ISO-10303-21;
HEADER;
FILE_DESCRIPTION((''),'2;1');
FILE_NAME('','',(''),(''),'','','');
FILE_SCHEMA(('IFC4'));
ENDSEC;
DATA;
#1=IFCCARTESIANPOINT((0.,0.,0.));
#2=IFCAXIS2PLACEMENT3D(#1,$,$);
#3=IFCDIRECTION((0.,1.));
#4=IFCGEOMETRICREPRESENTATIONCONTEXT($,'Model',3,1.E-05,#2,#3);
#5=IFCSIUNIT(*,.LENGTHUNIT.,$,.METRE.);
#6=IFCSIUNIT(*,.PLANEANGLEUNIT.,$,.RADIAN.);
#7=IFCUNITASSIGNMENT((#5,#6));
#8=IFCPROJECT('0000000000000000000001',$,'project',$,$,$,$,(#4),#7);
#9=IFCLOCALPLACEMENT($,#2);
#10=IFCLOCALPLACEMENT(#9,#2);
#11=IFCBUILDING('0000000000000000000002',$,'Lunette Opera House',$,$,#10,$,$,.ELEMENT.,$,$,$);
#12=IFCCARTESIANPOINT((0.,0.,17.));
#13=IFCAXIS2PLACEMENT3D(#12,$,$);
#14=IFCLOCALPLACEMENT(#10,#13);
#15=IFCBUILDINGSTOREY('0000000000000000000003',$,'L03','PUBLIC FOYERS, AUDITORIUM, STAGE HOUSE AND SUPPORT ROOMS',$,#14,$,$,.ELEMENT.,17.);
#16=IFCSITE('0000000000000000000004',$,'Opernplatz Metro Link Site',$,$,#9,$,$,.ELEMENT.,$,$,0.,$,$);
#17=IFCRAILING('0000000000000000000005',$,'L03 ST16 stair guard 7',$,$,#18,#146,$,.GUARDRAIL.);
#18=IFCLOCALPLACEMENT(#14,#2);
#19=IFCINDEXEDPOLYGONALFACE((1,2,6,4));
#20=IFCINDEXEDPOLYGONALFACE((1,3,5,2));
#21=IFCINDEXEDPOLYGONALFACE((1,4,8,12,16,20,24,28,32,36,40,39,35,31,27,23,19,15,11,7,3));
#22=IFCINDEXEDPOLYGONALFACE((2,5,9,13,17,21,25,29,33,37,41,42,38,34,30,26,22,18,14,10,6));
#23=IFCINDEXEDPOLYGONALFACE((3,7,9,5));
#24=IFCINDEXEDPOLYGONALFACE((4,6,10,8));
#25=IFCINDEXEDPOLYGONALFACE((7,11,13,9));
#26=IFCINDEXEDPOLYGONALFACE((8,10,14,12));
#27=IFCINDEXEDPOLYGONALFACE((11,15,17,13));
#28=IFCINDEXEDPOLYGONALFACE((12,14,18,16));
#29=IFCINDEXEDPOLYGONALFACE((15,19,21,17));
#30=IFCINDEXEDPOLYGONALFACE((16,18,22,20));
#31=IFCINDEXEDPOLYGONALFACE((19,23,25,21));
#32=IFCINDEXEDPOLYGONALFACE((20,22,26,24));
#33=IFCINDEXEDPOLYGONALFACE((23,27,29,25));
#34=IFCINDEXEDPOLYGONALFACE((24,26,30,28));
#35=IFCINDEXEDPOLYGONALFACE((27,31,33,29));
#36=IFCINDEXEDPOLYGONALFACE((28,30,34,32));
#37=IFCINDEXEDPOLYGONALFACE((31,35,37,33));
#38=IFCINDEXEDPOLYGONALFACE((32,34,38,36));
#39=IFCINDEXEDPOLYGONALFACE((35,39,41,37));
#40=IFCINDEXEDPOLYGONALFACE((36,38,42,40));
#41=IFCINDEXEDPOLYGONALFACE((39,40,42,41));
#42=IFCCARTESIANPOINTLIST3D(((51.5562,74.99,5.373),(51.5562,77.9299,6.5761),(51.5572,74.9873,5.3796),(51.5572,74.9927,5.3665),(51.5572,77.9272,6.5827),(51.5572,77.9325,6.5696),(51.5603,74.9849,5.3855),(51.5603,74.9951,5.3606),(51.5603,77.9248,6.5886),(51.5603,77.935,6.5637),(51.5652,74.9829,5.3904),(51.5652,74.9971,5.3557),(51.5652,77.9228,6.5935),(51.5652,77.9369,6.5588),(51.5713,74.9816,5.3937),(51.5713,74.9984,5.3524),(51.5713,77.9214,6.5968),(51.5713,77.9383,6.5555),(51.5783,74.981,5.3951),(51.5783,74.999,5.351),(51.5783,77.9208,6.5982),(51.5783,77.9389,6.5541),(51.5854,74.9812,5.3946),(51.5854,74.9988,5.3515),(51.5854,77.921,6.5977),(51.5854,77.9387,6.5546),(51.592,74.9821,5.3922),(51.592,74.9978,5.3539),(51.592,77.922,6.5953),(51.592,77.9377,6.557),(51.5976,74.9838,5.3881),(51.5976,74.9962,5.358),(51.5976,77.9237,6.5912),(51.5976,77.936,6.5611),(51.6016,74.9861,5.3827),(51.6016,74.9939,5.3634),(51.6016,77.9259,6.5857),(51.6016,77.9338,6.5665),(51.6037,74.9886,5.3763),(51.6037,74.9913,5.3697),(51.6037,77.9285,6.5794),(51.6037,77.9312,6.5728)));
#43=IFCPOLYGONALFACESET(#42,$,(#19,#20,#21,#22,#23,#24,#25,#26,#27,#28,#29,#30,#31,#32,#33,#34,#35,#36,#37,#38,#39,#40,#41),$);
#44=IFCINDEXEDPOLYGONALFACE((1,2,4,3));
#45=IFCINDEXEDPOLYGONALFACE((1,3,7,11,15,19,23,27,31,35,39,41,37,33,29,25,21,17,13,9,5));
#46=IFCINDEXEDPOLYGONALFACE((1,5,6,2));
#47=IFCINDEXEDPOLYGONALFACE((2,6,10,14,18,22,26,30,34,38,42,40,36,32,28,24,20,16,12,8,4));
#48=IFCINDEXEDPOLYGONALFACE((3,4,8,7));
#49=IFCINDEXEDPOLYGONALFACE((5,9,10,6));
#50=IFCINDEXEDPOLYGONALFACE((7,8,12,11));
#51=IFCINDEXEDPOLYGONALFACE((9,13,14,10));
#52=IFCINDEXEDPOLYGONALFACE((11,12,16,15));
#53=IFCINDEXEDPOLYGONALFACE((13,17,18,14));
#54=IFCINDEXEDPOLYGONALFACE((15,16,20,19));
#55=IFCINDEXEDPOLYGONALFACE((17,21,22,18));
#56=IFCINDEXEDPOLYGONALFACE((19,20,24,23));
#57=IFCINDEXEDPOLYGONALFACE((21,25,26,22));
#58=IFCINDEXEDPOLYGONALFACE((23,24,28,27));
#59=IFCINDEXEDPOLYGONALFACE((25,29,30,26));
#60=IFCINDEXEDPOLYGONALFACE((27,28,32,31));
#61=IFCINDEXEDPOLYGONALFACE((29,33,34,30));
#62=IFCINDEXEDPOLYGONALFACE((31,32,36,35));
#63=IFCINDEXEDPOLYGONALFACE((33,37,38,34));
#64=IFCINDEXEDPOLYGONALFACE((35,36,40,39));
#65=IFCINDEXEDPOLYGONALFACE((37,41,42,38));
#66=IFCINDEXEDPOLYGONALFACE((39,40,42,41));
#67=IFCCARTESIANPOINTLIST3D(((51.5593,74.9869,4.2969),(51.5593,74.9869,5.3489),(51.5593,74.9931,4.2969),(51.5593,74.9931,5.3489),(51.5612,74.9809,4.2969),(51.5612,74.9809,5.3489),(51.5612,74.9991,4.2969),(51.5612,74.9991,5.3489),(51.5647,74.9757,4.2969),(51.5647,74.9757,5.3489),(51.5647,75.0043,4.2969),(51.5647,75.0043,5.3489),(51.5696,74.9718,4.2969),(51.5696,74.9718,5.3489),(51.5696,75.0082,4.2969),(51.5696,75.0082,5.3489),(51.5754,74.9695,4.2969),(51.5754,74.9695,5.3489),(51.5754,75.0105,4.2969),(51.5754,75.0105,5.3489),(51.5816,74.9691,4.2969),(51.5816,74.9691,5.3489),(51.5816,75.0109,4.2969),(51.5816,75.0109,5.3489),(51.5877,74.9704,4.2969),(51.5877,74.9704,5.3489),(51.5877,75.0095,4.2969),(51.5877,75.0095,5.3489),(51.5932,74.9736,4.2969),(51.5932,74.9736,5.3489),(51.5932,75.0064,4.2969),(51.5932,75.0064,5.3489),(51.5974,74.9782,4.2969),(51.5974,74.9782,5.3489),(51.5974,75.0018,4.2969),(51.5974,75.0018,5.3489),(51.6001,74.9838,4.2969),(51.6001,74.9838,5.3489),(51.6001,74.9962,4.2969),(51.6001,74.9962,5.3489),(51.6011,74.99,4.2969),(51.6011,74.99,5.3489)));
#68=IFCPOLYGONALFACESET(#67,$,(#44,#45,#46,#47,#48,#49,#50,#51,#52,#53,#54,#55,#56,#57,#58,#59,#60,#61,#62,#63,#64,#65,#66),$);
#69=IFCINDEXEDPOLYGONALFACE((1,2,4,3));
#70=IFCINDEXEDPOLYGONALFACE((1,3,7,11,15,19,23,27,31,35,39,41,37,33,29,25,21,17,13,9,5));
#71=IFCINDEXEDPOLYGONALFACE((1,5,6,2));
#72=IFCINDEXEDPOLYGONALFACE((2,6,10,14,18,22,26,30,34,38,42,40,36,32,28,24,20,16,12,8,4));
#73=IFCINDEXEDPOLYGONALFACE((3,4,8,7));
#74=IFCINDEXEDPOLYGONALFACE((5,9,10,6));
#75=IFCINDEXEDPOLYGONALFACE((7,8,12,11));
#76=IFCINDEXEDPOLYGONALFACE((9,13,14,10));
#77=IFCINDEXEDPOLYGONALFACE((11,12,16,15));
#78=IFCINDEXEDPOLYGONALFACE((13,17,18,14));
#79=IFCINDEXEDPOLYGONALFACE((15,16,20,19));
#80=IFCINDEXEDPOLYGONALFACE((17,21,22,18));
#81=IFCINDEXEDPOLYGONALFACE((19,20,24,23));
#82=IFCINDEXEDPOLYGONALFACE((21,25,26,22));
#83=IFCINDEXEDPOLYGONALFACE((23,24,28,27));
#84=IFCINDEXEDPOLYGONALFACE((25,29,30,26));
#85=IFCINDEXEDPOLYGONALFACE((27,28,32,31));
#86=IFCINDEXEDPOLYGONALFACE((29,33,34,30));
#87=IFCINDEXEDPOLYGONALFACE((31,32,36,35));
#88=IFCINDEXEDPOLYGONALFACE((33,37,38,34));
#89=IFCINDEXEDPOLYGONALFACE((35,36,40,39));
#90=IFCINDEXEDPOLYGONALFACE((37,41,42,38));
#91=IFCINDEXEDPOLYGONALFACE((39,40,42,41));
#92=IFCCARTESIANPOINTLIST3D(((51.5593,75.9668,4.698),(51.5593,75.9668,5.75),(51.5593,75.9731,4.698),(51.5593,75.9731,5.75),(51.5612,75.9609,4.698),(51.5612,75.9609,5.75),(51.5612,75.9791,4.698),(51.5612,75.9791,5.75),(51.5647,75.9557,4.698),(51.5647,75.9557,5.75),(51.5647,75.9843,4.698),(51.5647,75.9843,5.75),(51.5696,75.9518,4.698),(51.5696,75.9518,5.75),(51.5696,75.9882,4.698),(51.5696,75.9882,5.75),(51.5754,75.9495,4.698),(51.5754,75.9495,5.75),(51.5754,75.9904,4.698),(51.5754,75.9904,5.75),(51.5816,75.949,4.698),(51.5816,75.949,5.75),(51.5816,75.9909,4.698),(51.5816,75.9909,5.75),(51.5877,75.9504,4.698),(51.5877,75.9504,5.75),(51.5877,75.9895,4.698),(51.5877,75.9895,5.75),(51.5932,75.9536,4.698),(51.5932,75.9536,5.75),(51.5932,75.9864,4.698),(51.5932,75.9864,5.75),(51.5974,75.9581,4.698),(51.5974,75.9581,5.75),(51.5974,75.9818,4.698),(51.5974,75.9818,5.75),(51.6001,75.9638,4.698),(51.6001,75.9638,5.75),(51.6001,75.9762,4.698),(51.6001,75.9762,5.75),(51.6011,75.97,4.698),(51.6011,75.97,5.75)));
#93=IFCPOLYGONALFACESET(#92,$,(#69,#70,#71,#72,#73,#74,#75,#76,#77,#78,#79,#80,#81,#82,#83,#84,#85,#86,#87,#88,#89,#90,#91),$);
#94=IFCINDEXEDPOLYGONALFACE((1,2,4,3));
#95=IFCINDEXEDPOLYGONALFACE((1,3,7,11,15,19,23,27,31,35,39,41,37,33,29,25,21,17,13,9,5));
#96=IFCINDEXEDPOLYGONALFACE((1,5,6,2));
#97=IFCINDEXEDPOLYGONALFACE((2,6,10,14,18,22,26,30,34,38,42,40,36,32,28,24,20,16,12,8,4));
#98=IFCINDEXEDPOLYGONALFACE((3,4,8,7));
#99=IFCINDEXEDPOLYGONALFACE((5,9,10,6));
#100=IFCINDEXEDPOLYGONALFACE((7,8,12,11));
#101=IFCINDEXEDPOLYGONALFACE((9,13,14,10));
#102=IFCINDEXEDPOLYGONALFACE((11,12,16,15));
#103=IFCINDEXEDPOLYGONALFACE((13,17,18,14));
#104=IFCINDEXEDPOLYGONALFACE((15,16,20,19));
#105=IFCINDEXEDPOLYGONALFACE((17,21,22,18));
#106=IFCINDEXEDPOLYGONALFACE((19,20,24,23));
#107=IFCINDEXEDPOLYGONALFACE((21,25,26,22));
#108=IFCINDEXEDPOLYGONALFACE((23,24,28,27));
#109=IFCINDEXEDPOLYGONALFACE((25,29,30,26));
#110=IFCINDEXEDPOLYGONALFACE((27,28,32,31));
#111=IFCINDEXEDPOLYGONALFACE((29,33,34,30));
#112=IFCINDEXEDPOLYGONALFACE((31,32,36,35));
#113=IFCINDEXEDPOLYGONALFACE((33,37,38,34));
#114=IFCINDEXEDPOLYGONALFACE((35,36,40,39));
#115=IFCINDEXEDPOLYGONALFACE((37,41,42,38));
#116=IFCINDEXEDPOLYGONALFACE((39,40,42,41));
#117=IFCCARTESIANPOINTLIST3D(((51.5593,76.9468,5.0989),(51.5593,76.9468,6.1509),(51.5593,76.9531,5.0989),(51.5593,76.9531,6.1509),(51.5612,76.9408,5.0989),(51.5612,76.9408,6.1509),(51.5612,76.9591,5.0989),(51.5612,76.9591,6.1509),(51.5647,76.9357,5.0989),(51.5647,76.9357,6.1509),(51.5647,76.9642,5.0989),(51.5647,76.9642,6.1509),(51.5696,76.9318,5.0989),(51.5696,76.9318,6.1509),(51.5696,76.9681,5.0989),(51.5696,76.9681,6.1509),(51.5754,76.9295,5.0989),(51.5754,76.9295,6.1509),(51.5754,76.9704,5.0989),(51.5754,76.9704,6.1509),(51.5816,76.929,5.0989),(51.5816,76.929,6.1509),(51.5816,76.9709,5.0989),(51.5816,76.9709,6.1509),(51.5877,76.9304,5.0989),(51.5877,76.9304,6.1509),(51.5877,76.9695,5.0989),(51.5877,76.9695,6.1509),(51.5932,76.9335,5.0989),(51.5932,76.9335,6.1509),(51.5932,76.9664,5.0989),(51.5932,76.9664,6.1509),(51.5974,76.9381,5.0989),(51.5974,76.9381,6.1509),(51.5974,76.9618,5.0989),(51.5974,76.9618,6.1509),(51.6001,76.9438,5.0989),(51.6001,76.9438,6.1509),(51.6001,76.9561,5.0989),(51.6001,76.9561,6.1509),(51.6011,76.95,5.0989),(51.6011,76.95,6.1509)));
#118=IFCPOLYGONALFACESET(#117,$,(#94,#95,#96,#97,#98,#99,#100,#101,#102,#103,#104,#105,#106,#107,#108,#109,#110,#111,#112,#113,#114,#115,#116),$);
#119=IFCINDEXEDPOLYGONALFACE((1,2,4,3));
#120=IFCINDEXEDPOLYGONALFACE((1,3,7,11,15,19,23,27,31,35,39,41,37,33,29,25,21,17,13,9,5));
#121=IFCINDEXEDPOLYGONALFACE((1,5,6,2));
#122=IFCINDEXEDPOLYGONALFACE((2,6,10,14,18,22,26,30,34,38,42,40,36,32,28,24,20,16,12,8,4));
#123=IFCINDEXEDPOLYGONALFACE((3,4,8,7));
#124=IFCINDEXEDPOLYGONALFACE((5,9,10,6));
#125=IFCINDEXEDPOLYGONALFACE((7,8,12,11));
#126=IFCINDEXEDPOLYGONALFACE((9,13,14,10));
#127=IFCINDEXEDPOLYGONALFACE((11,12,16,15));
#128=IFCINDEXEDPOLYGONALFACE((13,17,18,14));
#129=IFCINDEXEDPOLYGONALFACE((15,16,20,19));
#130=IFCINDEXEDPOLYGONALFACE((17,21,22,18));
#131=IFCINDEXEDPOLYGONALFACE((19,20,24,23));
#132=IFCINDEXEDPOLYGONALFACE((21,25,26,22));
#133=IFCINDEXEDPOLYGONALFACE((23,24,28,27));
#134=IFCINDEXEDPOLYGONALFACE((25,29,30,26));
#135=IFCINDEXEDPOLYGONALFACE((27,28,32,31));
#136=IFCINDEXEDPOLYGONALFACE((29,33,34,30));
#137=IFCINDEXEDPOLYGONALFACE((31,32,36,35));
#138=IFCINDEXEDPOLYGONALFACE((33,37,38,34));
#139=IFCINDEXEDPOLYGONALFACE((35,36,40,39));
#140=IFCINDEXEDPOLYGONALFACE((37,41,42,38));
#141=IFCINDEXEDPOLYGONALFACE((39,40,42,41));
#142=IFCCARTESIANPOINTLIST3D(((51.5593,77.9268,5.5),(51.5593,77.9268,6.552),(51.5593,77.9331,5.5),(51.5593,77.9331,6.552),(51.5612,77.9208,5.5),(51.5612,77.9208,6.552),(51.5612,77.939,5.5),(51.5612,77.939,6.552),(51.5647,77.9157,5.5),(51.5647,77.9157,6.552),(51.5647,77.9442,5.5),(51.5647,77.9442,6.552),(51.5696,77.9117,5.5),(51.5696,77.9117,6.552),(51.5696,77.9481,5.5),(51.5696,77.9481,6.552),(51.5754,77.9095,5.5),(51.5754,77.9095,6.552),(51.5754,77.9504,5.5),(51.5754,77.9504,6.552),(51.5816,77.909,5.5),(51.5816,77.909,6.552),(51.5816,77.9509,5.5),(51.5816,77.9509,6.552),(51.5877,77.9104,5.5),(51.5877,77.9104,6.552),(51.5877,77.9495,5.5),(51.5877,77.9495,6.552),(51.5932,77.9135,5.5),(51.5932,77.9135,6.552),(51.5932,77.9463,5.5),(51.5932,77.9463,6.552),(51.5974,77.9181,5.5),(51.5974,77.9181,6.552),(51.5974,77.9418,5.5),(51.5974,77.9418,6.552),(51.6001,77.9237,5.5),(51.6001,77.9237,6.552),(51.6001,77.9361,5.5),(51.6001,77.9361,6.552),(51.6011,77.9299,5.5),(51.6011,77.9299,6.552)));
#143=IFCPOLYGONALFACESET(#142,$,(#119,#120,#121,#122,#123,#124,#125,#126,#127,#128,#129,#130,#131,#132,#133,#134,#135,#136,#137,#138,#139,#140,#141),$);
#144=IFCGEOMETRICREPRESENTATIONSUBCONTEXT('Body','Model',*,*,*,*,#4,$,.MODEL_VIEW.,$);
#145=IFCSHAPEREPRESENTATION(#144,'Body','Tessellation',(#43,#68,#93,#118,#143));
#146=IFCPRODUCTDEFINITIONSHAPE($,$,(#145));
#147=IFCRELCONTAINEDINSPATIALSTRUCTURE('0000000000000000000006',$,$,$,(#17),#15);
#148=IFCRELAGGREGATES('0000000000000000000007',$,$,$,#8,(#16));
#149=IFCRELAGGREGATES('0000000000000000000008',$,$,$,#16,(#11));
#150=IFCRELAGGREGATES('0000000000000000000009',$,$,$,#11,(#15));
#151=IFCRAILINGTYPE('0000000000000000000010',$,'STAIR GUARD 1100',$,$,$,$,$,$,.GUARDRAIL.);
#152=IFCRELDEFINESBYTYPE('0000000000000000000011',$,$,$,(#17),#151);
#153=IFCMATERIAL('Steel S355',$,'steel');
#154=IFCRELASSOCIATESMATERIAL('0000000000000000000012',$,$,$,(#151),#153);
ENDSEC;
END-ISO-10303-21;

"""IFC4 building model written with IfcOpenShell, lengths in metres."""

from ifc_helpers import new_model, si_unit, direction, frame, origin, origin_2d, place, context, subcontext, project, spatial, circle, extrude, material, type_object, element, save


model = new_model("IFC4")

# Units and contexts
model_context = context("Model", 3, precision=1e-05, world=origin(), true_north=direction((0.0, 1.0)))
body_context = subcontext(model_context, "Body", "Model", "MODEL_VIEW")
ifc_project = project(units=[si_unit("LENGTHUNIT", "METRE"), si_unit("PLANEANGLEUNIT", "RADIAN")], contexts=[model_context])

# Site, building, storey
site_placement = place(None, origin())
site = spatial("IfcSite", under=ifc_project, at=site_placement, Name="Opernplatz Metro Link Site", CompositionType="ELEMENT", RefElevation=0.0)
building_placement = place(site_placement, origin())
building = spatial("IfcBuilding", under=site, at=building_placement, Name="Lunette Opera House", CompositionType="ELEMENT")
storey_placement = place(building_placement, frame((0.0, 0.0, 17.0)))
storey = spatial("IfcBuildingStorey", under=building, at=storey_placement, Name="L03", Description="PUBLIC FOYERS, AUDITORIUM, STAGE HOUSE AND SUPPORT ROOMS", CompositionType="ELEMENT", Elevation=17.0)

# Railing
ifc_material_1 = material(Name="Steel S355", Category="steel")
railing_type_1 = type_object("IfcRailingType", Name="STAIR GUARD 1100", PredefinedType="GUARDRAIL", material=ifc_material_1)
railing_1_placement = place(storey_placement, frame((51.5801, 74.99, 4.2969)))
element("IfcRailing", 1, at=railing_1_placement, inside=storey, type_object=railing_type_1, Name="L03 ST16 stair guard 7", PredefinedType="GUARDRAIL", context=body_context, shape_type="SweptSolid", body=[
    extrude(circle(Radius=0.0239, at=origin_2d()), frame((0.0, 0.0, 1.0762), z_axis=(0.0, 0.9255, 0.378747), x_axis=(-1.0, 0.0, 0.0)), (0.0, 0.0, 1.0), 3.1765),
    extrude(circle(Radius=0.021, at=origin_2d()), origin(), (0.0, 0.0, 1.0), 1.052),
    extrude(circle(Radius=0.021, at=origin_2d()), frame((0.0, 0.98, 0.4011)), (0.0, 0.0, 1.0), 1.052),
    extrude(circle(Radius=0.021, at=origin_2d()), frame((0.0, 1.96, 0.802)), (0.0, 0.0, 1.0), 1.052),
    extrude(circle(Radius=0.021, at=origin_2d()), frame((0.0, 2.9399, 1.2031)), (0.0, 0.0, 1.0), 1.052),
])

save(model, "model.ifc")
